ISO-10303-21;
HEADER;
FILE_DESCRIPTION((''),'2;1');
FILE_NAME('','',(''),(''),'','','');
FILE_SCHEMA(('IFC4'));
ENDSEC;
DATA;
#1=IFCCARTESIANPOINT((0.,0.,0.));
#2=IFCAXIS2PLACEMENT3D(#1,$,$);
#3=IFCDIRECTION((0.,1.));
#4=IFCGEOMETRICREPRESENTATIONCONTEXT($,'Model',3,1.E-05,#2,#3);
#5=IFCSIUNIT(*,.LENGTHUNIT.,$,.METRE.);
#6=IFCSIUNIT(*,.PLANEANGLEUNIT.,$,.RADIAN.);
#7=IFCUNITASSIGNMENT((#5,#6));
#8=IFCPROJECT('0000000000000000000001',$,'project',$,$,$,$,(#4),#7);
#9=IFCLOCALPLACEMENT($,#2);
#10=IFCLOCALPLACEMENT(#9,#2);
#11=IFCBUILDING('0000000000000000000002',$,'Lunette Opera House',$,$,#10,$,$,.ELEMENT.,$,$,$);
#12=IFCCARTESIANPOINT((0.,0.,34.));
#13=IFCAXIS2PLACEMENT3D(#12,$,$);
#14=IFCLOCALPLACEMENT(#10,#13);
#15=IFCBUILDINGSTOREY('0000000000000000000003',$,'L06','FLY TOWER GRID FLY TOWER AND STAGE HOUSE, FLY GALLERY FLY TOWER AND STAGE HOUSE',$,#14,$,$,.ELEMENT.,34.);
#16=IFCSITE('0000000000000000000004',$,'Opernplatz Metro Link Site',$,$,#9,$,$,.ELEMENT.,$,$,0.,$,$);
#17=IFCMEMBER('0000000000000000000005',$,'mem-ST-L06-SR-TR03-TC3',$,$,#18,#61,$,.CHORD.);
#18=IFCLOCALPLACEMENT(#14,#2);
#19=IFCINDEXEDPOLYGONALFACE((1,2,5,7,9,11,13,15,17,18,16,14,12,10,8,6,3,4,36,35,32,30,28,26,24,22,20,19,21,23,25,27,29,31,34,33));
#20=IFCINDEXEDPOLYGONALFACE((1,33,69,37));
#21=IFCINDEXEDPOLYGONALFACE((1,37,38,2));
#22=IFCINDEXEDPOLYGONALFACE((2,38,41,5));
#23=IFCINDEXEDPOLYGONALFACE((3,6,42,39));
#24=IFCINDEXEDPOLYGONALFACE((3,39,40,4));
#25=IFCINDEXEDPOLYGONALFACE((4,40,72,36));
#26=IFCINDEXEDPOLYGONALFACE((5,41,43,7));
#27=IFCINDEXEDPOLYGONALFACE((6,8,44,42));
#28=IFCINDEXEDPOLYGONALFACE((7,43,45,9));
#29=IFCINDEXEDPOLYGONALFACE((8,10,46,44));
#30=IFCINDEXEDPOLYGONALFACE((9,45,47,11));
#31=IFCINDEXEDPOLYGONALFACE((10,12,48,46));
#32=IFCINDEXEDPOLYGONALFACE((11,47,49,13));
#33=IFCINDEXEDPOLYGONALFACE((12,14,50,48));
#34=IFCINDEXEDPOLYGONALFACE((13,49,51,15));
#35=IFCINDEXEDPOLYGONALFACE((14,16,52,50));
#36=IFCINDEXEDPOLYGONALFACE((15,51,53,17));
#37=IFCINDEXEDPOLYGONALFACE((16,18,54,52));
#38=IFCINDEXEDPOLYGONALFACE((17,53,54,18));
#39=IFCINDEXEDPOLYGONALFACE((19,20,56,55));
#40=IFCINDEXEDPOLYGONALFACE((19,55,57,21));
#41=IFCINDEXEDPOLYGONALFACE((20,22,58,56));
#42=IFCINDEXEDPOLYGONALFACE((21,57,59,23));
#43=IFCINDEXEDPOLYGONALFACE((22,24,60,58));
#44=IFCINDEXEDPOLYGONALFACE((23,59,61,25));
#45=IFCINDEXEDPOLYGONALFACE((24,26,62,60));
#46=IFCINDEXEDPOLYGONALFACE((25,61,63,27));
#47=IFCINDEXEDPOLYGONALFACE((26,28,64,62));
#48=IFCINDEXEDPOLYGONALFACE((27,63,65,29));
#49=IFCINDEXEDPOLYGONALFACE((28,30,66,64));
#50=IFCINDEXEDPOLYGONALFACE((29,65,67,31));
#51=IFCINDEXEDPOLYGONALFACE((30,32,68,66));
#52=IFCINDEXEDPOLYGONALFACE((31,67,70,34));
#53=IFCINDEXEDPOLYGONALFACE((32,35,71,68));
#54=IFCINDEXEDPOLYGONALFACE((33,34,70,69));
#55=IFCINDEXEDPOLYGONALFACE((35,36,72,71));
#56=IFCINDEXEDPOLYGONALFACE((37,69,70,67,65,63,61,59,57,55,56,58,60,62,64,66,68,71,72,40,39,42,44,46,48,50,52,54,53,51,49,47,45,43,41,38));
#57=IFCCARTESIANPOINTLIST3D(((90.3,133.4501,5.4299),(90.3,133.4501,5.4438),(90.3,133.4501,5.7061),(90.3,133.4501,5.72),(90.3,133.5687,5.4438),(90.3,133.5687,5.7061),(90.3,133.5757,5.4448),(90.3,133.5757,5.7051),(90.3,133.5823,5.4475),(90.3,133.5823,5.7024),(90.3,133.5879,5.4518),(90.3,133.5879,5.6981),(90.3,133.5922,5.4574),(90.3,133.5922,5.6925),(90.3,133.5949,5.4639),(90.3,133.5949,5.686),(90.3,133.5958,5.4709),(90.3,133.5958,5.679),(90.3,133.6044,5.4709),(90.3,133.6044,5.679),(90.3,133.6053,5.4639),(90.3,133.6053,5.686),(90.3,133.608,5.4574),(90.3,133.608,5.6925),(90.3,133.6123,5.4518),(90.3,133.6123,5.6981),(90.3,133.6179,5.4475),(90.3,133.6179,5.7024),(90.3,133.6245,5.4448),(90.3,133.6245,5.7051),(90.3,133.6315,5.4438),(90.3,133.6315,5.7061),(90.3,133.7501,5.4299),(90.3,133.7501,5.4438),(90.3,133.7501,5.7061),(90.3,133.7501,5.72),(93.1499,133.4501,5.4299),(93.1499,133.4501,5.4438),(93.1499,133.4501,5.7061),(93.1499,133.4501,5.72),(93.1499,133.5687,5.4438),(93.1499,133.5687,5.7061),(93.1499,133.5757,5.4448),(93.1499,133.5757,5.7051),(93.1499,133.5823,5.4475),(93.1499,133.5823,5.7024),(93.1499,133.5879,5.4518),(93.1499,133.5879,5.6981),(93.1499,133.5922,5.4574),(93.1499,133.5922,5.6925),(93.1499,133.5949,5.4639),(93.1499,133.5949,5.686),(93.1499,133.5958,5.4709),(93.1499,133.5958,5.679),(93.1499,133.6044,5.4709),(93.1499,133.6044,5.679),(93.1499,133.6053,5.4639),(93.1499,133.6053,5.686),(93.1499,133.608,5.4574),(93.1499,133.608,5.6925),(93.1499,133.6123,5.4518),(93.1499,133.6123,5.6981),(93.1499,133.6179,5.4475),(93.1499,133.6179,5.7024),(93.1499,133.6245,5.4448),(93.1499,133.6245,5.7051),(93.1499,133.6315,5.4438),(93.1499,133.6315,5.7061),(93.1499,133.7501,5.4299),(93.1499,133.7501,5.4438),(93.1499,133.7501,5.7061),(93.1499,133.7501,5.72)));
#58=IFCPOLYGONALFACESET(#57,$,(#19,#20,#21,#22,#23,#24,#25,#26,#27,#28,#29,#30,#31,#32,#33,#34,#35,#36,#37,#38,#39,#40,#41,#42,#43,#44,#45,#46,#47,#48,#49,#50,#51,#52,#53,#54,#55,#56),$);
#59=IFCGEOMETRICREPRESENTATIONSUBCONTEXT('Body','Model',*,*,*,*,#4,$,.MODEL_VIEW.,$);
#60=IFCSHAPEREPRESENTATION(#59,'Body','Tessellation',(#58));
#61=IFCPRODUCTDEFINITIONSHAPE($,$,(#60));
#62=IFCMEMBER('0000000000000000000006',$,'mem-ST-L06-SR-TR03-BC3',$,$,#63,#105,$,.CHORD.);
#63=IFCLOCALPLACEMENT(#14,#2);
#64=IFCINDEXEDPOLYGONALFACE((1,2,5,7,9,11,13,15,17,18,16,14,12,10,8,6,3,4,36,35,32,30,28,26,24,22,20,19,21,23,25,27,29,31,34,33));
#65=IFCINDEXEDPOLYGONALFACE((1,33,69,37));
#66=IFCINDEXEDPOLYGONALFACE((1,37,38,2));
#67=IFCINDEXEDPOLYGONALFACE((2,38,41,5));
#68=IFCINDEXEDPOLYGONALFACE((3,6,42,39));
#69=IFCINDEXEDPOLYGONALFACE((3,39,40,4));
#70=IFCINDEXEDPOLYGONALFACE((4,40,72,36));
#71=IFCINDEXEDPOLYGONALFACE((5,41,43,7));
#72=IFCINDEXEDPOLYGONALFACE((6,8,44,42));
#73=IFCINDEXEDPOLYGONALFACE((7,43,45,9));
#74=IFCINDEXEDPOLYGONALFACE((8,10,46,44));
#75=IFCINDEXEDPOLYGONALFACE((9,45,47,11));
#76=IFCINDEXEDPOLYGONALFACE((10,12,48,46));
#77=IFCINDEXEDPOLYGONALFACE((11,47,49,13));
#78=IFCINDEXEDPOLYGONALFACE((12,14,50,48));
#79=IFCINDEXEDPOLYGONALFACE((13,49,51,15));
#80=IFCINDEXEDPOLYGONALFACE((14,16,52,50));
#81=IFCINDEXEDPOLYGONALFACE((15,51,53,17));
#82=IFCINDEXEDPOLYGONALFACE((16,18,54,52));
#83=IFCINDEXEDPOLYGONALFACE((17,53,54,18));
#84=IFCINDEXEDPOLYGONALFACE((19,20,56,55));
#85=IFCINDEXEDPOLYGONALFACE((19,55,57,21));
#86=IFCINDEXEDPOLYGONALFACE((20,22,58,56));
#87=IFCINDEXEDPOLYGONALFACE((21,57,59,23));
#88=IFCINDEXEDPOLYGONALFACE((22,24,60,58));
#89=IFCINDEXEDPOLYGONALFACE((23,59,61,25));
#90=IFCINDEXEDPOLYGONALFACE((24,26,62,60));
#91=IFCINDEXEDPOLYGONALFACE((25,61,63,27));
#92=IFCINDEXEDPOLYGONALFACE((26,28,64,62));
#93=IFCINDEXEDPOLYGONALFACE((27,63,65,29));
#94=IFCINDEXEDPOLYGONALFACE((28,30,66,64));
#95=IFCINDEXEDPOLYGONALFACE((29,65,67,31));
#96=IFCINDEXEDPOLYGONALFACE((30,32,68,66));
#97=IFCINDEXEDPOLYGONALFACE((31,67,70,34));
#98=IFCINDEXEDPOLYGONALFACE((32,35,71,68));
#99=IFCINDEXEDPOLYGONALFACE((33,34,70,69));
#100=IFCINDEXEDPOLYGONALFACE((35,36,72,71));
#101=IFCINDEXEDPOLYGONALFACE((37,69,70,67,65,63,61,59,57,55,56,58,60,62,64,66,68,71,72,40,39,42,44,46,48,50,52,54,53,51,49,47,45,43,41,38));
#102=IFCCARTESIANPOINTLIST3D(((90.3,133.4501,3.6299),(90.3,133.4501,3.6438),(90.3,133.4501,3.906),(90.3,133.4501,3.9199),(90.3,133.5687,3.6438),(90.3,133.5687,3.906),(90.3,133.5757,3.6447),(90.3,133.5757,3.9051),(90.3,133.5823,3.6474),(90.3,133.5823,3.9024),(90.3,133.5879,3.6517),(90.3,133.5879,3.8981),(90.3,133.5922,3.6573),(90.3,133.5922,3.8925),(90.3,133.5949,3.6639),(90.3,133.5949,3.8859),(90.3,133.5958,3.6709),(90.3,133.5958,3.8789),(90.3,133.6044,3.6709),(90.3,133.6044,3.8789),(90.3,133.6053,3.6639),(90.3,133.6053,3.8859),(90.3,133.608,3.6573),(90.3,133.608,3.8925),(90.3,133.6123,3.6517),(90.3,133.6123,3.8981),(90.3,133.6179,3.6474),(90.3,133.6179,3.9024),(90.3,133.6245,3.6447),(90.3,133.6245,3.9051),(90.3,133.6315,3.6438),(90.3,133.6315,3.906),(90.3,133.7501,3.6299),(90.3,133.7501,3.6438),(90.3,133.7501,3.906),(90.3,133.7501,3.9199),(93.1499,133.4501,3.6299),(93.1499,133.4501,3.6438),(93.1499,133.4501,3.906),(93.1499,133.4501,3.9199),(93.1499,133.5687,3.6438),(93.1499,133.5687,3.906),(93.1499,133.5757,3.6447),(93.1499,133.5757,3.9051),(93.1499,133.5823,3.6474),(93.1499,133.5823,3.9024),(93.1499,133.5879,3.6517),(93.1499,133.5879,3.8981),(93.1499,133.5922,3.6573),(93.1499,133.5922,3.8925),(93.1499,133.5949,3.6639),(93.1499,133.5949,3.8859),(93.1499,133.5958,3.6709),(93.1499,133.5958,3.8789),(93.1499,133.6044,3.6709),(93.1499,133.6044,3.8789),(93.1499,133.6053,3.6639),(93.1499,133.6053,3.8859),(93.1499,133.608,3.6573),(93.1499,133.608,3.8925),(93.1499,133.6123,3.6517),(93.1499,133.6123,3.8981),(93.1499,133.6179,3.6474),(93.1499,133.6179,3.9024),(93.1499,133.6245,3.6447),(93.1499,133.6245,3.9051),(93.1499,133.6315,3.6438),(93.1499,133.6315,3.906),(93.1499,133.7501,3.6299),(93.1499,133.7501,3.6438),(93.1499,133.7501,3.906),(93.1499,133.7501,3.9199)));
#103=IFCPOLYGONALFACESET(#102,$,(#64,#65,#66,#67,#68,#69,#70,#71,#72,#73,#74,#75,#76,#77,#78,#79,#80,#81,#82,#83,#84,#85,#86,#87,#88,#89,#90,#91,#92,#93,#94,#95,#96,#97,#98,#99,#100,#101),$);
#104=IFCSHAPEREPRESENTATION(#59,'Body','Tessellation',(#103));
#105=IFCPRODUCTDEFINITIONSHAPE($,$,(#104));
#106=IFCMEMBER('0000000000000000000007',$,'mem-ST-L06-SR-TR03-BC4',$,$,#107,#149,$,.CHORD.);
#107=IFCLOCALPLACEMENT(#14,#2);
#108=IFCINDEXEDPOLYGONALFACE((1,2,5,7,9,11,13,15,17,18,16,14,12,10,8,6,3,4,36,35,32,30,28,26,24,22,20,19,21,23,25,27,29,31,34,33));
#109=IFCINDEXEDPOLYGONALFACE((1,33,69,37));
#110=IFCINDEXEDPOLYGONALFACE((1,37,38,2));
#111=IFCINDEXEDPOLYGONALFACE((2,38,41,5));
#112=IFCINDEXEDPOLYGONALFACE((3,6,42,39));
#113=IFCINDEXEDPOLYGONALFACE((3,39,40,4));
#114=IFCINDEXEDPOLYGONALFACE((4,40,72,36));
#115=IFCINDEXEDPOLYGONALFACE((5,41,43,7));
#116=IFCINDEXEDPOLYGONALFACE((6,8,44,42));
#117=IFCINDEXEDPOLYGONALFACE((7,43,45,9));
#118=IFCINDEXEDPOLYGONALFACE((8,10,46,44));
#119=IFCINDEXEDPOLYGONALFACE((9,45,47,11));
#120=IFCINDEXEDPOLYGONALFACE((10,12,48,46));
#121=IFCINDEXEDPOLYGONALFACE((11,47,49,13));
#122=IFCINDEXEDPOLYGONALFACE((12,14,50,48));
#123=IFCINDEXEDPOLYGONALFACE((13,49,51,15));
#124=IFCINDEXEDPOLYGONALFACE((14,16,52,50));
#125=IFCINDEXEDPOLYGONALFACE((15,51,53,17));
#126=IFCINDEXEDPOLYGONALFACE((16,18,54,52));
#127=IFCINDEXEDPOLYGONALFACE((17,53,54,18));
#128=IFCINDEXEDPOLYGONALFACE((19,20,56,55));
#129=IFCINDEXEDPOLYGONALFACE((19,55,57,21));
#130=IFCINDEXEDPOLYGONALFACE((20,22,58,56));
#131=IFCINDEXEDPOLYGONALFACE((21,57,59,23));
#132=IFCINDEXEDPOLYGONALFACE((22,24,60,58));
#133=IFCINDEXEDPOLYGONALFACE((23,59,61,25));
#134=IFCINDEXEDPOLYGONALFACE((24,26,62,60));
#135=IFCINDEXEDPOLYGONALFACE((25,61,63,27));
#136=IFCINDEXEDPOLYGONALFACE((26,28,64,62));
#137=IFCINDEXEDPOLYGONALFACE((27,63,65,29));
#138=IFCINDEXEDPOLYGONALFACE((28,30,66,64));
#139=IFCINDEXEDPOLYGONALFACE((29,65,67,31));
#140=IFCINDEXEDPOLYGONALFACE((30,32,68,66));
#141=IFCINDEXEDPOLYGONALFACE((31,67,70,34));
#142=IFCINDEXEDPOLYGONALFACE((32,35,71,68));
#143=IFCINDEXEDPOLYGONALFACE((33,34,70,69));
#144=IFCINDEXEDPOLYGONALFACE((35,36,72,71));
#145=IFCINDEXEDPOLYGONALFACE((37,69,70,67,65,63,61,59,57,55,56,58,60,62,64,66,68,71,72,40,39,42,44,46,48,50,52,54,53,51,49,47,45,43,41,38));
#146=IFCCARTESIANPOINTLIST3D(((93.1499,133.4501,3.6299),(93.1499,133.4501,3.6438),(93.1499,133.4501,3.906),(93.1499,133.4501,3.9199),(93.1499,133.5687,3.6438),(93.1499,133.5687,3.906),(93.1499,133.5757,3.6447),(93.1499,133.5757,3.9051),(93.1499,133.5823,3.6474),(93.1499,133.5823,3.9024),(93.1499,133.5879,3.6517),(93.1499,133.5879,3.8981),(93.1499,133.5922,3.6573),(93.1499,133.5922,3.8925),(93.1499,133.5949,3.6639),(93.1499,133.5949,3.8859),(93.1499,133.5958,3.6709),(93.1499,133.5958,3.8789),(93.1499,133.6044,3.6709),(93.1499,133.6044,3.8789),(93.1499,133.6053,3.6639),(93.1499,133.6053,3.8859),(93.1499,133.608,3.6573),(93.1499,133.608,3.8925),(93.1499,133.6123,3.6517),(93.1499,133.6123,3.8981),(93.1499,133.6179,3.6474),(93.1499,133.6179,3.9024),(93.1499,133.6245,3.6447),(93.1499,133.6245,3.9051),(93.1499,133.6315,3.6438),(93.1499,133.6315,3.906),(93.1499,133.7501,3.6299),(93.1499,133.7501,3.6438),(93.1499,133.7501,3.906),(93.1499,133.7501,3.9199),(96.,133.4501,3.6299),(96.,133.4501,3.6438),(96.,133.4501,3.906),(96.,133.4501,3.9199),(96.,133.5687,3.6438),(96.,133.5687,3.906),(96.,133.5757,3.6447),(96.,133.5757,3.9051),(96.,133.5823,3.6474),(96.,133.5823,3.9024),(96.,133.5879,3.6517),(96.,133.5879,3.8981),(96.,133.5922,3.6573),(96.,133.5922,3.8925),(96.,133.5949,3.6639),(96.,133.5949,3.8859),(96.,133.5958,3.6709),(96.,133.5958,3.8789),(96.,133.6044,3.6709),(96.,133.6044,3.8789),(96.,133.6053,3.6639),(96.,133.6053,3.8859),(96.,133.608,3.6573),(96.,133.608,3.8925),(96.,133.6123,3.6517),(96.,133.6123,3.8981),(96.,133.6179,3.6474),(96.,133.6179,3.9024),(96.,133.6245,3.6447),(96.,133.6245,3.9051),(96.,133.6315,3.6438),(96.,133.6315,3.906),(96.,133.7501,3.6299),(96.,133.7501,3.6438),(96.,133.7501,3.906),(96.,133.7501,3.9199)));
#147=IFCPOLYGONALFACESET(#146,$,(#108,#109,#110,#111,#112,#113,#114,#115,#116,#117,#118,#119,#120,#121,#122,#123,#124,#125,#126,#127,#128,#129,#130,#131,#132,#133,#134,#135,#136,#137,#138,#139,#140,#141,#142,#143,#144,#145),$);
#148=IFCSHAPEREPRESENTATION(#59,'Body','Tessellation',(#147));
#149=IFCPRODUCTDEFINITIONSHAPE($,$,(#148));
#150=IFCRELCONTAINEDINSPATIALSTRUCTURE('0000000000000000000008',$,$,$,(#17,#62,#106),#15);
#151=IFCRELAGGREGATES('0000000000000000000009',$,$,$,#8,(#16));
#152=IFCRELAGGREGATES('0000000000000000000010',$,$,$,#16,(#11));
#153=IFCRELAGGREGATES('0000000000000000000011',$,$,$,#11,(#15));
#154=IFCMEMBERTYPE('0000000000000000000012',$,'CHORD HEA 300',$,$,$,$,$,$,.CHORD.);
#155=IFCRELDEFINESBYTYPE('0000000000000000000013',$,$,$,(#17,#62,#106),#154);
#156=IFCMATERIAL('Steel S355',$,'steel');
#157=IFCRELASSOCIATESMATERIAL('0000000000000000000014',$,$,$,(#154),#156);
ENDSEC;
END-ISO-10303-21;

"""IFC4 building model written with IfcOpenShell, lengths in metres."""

from ifc_helpers import new_model, si_unit, direction, frame, origin, origin_2d, place, context, subcontext, project, spatial, i_section, extrude, material, material_profile, profile_set, type_object, element, save


model = new_model("IFC4")

# Units and contexts
model_context = context("Model", 3, precision=1e-05, world=origin(), true_north=direction((0.0, 1.0)))
body_context = subcontext(model_context, "Body", "Model", "MODEL_VIEW")
ifc_project = project(units=[si_unit("LENGTHUNIT", "METRE"), si_unit("PLANEANGLEUNIT", "RADIAN")], contexts=[model_context])

# Site, building, storey
site_placement = place(None, origin())
site = spatial("IfcSite", under=ifc_project, at=site_placement, Name="Opernplatz Metro Link Site", CompositionType="ELEMENT", RefElevation=0.0)
building_placement = place(site_placement, origin())
building = spatial("IfcBuilding", under=site, at=building_placement, Name="Lunette Opera House", CompositionType="ELEMENT")
storey_placement = place(building_placement, frame((0.0, 0.0, 34.0)))
storey = spatial("IfcBuildingStorey", under=building, at=storey_placement, Name="L06", Description="FLY TOWER GRID FLY TOWER AND STAGE HOUSE, FLY GALLERY FLY TOWER AND STAGE HOUSE", CompositionType="ELEMENT", Elevation=34.0)

# Members
ifc_material_1 = material(Name="Steel S355", Category="steel")
ifc_material_profile_1 = material_profile(ifc_material_1, i_section(OverallWidth=0.3, OverallDepth=0.29, WebThickness=0.0085, FlangeThickness=0.0139, FilletRadius=0.0271, at=origin_2d()), Name="HEA 300")
ifc_profile_set_1 = profile_set([ifc_material_profile_1], Name="Steel S355")
member_type_1 = type_object("IfcMemberType", Name="CHORD HEA 300", PredefinedType="CHORD", material=ifc_profile_set_1)
for number, where, z_axis, x_axis, name in (
    (1, (90.3, 133.6001, 5.575), (1.0, 0.0, 0.0), (0.0, 1.0, 0.0), "mem-ST-L06-SR-TR03-TC3"),
    (2, (90.3, 133.6001, 3.7749), (1.0, 0.0, 0.0), (0.0, 1.0, 0.0), "mem-ST-L06-SR-TR03-BC3"),
):
    element("IfcMember", number, at=place(storey_placement, frame(where, z_axis=z_axis, x_axis=x_axis)), inside=storey, type_object=member_type_1, Name=name, PredefinedType="CHORD", context=body_context, shape_type="SweptSolid", body=[
        extrude(i_section(OverallWidth=0.3, OverallDepth=0.29, WebThickness=0.0085, FlangeThickness=0.0139, FilletRadius=0.0271, at=origin_2d()), origin(), (0.0, 0.0, 1.0), 2.8499),
    ])
member_placement = place(storey_placement, frame((93.1499, 133.6001, 3.7749), z_axis=(1.0, 0.0, 0.0), x_axis=(0.0, 1.0, 0.0)))
element("IfcMember", 3, at=member_placement, inside=storey, type_object=member_type_1, Name="mem-ST-L06-SR-TR03-BC4", PredefinedType="CHORD", context=body_context, shape_type="SweptSolid", body=[
    extrude(i_section(OverallWidth=0.3, OverallDepth=0.29, WebThickness=0.0085, FlangeThickness=0.0139, FilletRadius=0.0271, at=origin_2d()), origin(), (0.0, 0.0, 1.0), 2.8501),
])

save(model, "model.ifc")
